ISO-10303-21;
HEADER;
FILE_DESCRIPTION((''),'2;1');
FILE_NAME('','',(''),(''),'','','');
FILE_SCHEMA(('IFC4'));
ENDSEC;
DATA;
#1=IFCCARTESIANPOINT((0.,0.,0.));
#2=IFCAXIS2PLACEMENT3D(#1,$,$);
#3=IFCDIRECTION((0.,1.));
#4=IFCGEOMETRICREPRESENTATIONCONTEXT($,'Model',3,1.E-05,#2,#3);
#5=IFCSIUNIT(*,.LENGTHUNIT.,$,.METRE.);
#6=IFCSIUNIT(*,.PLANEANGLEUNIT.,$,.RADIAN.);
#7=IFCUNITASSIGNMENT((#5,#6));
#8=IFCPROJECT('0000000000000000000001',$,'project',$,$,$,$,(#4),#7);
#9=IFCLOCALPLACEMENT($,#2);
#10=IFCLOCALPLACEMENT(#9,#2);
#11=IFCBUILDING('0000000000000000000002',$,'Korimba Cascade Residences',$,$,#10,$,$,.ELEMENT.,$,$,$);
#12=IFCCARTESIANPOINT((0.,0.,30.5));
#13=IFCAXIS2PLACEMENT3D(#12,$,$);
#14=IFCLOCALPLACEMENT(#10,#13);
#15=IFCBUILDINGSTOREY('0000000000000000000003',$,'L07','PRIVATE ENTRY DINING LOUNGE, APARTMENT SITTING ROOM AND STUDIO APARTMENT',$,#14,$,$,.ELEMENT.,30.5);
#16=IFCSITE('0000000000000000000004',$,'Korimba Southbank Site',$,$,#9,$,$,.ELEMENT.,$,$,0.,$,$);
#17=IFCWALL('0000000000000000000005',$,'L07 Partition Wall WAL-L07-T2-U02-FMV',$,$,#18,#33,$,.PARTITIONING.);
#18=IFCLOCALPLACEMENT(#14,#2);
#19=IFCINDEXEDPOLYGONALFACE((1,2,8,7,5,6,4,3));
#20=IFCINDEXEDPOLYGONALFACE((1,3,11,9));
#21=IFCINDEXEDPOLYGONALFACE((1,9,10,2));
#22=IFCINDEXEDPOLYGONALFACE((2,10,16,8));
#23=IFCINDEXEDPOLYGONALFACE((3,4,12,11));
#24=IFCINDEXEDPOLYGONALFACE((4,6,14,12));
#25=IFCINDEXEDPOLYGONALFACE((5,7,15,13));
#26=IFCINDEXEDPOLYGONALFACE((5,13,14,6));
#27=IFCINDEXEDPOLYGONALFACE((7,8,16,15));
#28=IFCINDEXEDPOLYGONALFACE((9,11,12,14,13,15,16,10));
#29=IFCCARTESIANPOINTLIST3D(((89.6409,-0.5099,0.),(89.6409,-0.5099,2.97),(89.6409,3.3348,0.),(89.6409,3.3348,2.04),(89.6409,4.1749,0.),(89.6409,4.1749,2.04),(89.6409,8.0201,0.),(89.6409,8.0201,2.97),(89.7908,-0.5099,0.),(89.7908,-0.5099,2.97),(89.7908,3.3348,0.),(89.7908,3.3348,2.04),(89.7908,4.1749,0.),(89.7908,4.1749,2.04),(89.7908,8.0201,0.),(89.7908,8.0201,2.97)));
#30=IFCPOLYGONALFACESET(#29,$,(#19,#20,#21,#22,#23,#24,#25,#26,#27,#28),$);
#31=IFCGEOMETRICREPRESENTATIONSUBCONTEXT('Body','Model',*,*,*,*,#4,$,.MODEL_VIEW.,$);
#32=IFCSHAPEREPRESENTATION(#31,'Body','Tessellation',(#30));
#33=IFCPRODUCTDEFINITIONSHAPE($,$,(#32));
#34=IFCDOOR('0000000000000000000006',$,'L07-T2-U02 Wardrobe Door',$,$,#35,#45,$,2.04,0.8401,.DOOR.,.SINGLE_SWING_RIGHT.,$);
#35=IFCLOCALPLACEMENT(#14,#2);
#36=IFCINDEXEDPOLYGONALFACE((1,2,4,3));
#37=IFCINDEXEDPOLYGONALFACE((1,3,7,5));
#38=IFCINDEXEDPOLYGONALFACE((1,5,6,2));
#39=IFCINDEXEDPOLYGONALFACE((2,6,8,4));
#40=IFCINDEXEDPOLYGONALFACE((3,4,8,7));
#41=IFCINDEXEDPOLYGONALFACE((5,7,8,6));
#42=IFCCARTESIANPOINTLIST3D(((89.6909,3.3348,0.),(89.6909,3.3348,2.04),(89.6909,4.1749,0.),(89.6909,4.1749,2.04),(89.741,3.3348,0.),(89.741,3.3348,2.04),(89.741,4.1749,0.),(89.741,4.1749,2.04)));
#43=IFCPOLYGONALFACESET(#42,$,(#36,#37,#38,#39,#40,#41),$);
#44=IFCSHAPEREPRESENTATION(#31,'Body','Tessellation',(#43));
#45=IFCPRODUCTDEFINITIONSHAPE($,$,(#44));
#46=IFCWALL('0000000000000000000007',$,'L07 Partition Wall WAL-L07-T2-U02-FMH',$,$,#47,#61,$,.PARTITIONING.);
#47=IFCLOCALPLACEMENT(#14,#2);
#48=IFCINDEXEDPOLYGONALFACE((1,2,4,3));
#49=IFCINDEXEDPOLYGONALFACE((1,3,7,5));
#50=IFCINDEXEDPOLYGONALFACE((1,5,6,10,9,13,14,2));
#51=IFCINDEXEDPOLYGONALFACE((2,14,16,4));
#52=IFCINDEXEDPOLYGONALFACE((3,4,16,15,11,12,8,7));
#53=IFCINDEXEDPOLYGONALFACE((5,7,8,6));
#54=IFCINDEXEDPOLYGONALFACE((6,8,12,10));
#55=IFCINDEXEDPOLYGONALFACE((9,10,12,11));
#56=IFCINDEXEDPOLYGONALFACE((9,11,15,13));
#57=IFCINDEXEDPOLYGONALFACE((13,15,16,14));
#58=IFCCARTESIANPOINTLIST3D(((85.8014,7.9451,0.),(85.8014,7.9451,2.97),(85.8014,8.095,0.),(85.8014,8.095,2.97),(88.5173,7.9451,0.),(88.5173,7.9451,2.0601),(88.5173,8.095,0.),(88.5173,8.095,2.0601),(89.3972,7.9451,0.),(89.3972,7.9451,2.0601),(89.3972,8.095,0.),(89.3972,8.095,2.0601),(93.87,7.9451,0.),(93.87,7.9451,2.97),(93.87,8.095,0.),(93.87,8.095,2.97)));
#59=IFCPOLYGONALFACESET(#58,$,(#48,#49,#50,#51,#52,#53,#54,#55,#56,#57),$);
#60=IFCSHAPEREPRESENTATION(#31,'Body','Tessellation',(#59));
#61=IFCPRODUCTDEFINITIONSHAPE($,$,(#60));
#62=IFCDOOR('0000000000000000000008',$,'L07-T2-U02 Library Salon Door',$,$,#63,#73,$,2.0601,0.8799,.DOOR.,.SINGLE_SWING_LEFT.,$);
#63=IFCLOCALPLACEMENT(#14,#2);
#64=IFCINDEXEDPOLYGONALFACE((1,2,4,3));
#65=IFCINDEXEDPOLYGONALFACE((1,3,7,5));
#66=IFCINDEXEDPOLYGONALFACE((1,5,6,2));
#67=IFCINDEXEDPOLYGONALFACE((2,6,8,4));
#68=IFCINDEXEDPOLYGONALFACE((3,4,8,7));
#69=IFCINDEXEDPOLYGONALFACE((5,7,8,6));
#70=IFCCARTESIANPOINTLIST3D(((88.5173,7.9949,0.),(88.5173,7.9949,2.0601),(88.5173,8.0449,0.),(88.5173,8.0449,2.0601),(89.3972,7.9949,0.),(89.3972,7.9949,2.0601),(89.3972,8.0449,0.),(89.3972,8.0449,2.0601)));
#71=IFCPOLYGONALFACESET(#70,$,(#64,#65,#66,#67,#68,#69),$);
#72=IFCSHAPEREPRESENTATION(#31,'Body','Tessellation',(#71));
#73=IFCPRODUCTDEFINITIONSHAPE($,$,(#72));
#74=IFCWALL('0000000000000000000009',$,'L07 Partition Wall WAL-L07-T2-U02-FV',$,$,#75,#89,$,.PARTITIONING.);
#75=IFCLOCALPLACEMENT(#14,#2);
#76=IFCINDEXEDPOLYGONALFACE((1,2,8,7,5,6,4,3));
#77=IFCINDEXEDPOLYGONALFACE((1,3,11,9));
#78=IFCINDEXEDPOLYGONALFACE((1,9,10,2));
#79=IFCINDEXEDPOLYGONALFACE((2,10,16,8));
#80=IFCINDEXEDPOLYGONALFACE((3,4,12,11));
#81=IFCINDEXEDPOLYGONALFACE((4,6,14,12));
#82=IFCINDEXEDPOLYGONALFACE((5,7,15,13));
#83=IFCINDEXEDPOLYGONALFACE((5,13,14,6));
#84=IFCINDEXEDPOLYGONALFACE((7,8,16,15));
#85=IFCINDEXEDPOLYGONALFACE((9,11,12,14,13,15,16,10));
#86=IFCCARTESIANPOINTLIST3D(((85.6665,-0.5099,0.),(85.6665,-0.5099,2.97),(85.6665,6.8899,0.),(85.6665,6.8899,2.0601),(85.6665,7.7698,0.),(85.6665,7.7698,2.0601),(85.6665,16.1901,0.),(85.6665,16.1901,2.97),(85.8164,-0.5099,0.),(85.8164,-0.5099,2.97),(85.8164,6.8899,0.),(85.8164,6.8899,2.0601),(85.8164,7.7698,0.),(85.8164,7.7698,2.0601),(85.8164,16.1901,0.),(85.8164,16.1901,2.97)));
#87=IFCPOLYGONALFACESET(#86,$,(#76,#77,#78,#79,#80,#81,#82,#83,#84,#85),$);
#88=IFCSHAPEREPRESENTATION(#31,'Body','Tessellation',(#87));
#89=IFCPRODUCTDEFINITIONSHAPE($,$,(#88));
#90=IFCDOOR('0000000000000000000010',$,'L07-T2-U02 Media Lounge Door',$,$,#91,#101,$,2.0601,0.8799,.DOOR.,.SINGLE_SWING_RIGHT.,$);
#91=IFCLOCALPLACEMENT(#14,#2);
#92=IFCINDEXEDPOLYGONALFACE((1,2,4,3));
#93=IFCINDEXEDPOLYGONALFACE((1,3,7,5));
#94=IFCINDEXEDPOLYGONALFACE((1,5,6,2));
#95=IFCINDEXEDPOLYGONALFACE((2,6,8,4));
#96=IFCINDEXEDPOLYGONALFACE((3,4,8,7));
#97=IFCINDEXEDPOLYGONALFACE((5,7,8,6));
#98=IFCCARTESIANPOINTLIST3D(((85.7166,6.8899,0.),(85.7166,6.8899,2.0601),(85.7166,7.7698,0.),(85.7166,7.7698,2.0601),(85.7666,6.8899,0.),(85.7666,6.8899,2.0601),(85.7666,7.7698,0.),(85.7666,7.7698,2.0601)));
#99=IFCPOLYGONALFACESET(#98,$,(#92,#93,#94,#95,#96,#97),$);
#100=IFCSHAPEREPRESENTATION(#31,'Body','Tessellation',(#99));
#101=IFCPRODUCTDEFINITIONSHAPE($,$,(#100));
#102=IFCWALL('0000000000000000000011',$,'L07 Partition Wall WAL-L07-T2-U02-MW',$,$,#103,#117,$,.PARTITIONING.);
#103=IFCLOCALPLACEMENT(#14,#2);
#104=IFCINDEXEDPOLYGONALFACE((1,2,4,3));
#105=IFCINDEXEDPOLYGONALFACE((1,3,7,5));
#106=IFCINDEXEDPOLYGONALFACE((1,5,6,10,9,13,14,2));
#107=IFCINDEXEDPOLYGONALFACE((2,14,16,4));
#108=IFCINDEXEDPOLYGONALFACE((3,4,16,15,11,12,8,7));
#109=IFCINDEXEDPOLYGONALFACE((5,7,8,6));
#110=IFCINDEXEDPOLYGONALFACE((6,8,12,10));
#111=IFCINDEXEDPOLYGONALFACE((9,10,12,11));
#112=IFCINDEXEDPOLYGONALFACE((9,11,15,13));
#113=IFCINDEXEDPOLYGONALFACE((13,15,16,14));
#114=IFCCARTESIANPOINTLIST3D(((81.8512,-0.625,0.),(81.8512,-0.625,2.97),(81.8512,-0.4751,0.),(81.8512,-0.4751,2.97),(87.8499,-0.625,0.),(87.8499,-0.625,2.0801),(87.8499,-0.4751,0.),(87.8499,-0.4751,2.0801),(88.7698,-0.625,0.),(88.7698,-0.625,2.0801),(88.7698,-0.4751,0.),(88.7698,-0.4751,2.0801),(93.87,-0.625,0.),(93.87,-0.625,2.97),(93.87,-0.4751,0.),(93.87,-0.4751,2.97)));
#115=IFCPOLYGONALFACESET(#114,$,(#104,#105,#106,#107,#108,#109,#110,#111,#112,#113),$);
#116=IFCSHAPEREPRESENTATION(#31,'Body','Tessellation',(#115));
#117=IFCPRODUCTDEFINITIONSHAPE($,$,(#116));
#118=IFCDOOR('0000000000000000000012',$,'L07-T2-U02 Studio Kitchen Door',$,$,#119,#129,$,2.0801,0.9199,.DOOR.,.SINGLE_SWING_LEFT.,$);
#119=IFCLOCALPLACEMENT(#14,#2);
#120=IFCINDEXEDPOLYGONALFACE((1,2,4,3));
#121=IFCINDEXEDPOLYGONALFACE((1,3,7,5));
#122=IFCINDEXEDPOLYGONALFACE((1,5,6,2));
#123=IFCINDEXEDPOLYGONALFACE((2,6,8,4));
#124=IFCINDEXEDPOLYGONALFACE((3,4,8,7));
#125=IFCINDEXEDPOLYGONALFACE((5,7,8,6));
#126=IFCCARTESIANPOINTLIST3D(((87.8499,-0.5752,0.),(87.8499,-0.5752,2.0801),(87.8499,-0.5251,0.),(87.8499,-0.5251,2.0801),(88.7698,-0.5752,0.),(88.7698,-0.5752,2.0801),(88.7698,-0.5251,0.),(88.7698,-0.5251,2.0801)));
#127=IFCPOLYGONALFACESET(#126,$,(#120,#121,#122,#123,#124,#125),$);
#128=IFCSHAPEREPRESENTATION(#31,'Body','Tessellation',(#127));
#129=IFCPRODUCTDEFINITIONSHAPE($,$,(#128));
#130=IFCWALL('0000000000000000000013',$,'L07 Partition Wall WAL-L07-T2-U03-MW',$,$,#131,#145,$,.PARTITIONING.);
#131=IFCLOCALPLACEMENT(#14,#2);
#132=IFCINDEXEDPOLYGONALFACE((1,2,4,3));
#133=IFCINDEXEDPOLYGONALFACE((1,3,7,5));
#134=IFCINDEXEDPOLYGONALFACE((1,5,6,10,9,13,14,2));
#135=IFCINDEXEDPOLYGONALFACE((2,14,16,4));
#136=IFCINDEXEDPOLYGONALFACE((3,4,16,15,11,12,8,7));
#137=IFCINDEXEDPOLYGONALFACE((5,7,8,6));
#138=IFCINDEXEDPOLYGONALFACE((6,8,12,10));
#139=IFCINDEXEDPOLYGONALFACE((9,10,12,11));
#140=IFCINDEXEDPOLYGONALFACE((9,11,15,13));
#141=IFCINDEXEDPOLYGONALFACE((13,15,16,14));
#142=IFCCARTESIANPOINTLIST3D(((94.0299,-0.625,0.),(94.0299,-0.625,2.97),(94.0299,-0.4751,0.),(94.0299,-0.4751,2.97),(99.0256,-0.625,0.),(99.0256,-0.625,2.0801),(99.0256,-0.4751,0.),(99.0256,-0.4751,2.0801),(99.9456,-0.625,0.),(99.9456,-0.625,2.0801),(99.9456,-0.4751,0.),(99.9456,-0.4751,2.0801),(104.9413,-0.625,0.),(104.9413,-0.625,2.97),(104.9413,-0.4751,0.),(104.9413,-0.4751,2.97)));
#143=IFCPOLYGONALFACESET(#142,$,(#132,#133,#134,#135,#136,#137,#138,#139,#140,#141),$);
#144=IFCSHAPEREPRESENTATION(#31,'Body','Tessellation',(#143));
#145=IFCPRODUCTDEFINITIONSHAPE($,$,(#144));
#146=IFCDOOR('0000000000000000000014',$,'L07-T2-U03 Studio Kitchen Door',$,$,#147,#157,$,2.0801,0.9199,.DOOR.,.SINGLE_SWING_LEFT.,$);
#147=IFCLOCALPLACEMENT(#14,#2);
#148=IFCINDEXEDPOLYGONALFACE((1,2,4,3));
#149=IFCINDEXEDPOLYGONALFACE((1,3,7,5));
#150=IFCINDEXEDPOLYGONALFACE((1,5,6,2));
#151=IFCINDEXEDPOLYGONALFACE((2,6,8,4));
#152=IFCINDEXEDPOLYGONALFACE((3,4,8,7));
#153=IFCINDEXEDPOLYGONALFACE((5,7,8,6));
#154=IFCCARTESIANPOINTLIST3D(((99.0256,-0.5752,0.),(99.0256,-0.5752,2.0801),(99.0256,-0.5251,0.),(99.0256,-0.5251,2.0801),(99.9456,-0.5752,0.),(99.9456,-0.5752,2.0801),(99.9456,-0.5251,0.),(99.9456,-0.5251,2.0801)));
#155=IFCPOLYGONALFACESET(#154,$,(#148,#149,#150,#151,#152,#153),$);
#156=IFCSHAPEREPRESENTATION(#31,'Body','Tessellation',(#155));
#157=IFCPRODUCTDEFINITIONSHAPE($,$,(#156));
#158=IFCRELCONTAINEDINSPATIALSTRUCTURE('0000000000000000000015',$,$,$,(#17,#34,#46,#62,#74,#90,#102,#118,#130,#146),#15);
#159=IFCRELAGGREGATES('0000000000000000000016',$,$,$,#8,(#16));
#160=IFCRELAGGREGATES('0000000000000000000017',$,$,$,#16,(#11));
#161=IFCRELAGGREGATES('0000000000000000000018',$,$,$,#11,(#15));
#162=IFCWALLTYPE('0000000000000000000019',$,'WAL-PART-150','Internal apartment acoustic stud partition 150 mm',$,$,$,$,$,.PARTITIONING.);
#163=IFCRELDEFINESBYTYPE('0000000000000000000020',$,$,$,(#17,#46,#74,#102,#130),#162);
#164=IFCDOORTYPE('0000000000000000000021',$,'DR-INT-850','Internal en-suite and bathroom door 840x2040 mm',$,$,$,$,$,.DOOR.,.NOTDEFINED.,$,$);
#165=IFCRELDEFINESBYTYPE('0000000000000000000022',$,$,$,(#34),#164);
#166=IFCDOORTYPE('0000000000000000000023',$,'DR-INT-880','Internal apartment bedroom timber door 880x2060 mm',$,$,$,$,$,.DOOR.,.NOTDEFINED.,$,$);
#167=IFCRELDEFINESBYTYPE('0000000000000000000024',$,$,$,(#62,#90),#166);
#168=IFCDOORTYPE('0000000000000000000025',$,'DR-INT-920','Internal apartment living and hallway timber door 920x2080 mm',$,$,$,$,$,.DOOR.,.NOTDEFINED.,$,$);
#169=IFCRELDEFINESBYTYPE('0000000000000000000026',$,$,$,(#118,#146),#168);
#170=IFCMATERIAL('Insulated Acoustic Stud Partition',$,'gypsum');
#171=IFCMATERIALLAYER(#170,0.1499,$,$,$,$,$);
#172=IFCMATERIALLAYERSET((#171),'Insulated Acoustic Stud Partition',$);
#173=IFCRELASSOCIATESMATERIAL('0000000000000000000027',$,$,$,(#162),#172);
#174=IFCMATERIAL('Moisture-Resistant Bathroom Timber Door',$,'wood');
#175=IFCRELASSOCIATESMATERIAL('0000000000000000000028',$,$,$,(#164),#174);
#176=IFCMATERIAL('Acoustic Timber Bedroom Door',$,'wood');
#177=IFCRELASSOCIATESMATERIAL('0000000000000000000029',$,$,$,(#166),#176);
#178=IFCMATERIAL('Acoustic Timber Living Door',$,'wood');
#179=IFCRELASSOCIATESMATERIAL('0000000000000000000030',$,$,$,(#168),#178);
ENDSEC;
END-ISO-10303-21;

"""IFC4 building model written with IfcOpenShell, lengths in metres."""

from ifc_helpers import new_model, si_unit, direction, frame, frame_2d, origin, place, context, subcontext, project, spatial, rectangle, extrude, material, layer, layer_set, type_object, element, fill, save


model = new_model("IFC4")

# Units and contexts
model_context = context("Model", 3, precision=1e-05, world=origin(), true_north=direction((0.0, 1.0)))
body_context = subcontext(model_context, "Body", "Model", "MODEL_VIEW")
ifc_project = project(units=[si_unit("LENGTHUNIT", "METRE"), si_unit("PLANEANGLEUNIT", "RADIAN")], contexts=[model_context])

# Site, building, storey
site_placement = place(None, origin())
site = spatial("IfcSite", under=ifc_project, at=site_placement, Name="Korimba Southbank Site", CompositionType="ELEMENT", RefElevation=0.0)
building_placement = place(site_placement, origin())
building = spatial("IfcBuilding", under=site, at=building_placement, Name="Korimba Cascade Residences", CompositionType="ELEMENT")
storey_placement = place(building_placement, frame((0.0, 0.0, 30.5)))
storey = spatial("IfcBuildingStorey", under=building, at=storey_placement, Name="L07", Description="PRIVATE ENTRY DINING LOUNGE, APARTMENT SITTING ROOM AND STUDIO APARTMENT", CompositionType="ELEMENT", Elevation=30.5)

# Walls, openings, doors
ifc_material_1 = material(Name="Insulated Acoustic Stud Partition", Category="gypsum")
ifc_layer_1 = layer(ifc_material_1, 0.1499)
ifc_layer_set_1 = layer_set([ifc_layer_1], Name="Insulated Acoustic Stud Partition")
wall_type_1 = type_object("IfcWallType", Name="WAL-PART-150", Description="Internal apartment acoustic stud partition 150 mm", PredefinedType="PARTITIONING", material=ifc_layer_set_1)
wall_1_placement = place(storey_placement, frame((89.7158, -0.51, 0.0), z_axis=(0.0, 0.0, 1.0), x_axis=(0.0, 1.0, 0.0)))
wall_1 = element("IfcWall", 1, at=wall_1_placement, inside=storey, type_object=wall_type_1, Name="L07 Partition Wall WAL-L07-T2-U02-FMV", PredefinedType="PARTITIONING", context=body_context, shape_type="SweptSolid", body=[
    extrude(rectangle(XDim=8.53, YDim=0.1499, at=frame_2d((4.2651, 0.0))), origin(), (0.0, 0.0, 1.0), 2.97),
])
opening_1_placement = place(wall_1_placement, frame((3.845, 0.0, 0.0)))
opening_1 = element("IfcOpeningElement", 2, at=opening_1_placement, cuts=wall_1, PredefinedType="OPENING", context=body_context, shape_type="SweptSolid", body=[
    extrude(rectangle(XDim=0.8401, YDim=2.04, at=frame_2d((0.4199, 1.02))), frame((0.0, 0.085, 0.0), z_axis=(0.0, -1.0, 0.0), x_axis=(1.0, 0.0, 0.0)), (0.0, 0.0, 1.0), 0.1699),
])
ifc_material_2 = material(Name="Moisture-Resistant Bathroom Timber Door", Category="wood")
door_type_1 = type_object("IfcDoorType", Name="DR-INT-850", Description="Internal en-suite and bathroom door 840x2040 mm", OperationType="NOTDEFINED", PredefinedType="DOOR", material=ifc_material_2)
door_1_placement = place(opening_1_placement, origin())
door_1 = element("IfcDoor", 3, at=door_1_placement, inside=storey, type_object=door_type_1, Name="L07-T2-U02 Wardrobe Door", OperationType="SINGLE_SWING_RIGHT", OverallHeight=2.04, OverallWidth=0.8401, PredefinedType="DOOR", context=body_context, shape_type="SweptSolid", body=[
    extrude(rectangle(XDim=0.8401, YDim=2.04, at=frame_2d((0.4199, 1.02))), frame((0.0, 0.0249, 0.0), z_axis=(0.0, -1.0, 0.0), x_axis=(1.0, 0.0, 0.0)), (0.0, 0.0, 1.0), 0.05),
])
fill(opening_1, door_1)
wall_2_placement = place(storey_placement, frame((85.8015, 8.02, 0.0), z_axis=(0.0, 0.0, 1.0), x_axis=(1.0, 0.0, 0.0)))
wall_2 = element("IfcWall", 4, at=wall_2_placement, inside=storey, type_object=wall_type_1, Name="L07 Partition Wall WAL-L07-T2-U02-FMH", PredefinedType="PARTITIONING", context=body_context, shape_type="SweptSolid", body=[
    extrude(rectangle(XDim=8.0686, YDim=0.1499, at=frame_2d((4.0342, 0.0))), origin(), (0.0, 0.0, 1.0), 2.97),
])
opening_2_placement = place(wall_2_placement, frame((2.7158, 0.0, 0.0)))
opening_2 = element("IfcOpeningElement", 5, at=opening_2_placement, cuts=wall_2, PredefinedType="OPENING", context=body_context, shape_type="SweptSolid", body=[
    extrude(rectangle(XDim=0.8799, YDim=2.0601, at=frame_2d((0.4399, 1.03))), frame((0.0, 0.085, 0.0), z_axis=(0.0, -1.0, 0.0), x_axis=(1.0, 0.0, 0.0)), (0.0, 0.0, 1.0), 0.1699),
])
ifc_material_3 = material(Name="Acoustic Timber Bedroom Door", Category="wood")
door_type_2 = type_object("IfcDoorType", Name="DR-INT-880", Description="Internal apartment bedroom timber door 880x2060 mm", OperationType="NOTDEFINED", PredefinedType="DOOR", material=ifc_material_3)
door_2_placement = place(opening_2_placement, origin())
door_2 = element("IfcDoor", 6, at=door_2_placement, inside=storey, type_object=door_type_2, Name="L07-T2-U02 Library Salon Door", OperationType="SINGLE_SWING_LEFT", OverallHeight=2.0601, OverallWidth=0.8799, PredefinedType="DOOR", context=body_context, shape_type="SweptSolid", body=[
    extrude(rectangle(XDim=0.8799, YDim=2.0601, at=frame_2d((0.4399, 1.03))), frame((0.0, 0.0249, 0.0), z_axis=(0.0, -1.0, 0.0), x_axis=(1.0, 0.0, 0.0)), (0.0, 0.0, 1.0), 0.05),
])
fill(opening_2, door_2)
wall_3_placement = place(storey_placement, frame((85.7415, -0.51, 0.0), z_axis=(0.0, 0.0, 1.0), x_axis=(0.0, 1.0, 0.0)))
wall_3 = element("IfcWall", 7, at=wall_3_placement, inside=storey, type_object=wall_type_1, Name="L07 Partition Wall WAL-L07-T2-U02-FV", PredefinedType="PARTITIONING", context=body_context, shape_type="SweptSolid", body=[
    extrude(rectangle(XDim=16.7, YDim=0.1499, at=frame_2d((8.3501, 0.0))), origin(), (0.0, 0.0, 1.0), 2.97),
])
opening_3_placement = place(wall_3_placement, frame((7.3999, 0.0, 0.0)))
opening_3 = element("IfcOpeningElement", 8, at=opening_3_placement, cuts=wall_3, PredefinedType="OPENING", context=body_context, shape_type="SweptSolid", body=[
    extrude(rectangle(XDim=0.8799, YDim=2.0601, at=frame_2d((0.4399, 1.03))), frame((0.0, 0.085, 0.0), z_axis=(0.0, -1.0, 0.0), x_axis=(1.0, 0.0, 0.0)), (0.0, 0.0, 1.0), 0.1699),
])
door_3_placement = place(opening_3_placement, origin())
door_3 = element("IfcDoor", 9, at=door_3_placement, inside=storey, type_object=door_type_2, Name="L07-T2-U02 Media Lounge Door", OperationType="SINGLE_SWING_RIGHT", OverallHeight=2.0601, OverallWidth=0.8799, PredefinedType="DOOR", context=body_context, shape_type="SweptSolid", body=[
    extrude(rectangle(XDim=0.8799, YDim=2.0601, at=frame_2d((0.4399, 1.03))), frame((0.0, 0.0249, 0.0), z_axis=(0.0, -1.0, 0.0), x_axis=(1.0, 0.0, 0.0)), (0.0, 0.0, 1.0), 0.05),
])
fill(opening_3, door_3)
wall_4_placement = place(storey_placement, frame((81.8513, -0.55, 0.0), z_axis=(0.0, 0.0, 1.0), x_axis=(1.0, 0.0, 0.0)))
wall_4 = element("IfcWall", 10, at=wall_4_placement, inside=storey, type_object=wall_type_1, Name="L07 Partition Wall WAL-L07-T2-U02-MW", PredefinedType="PARTITIONING", context=body_context, shape_type="SweptSolid", body=[
    extrude(rectangle(XDim=12.0188, YDim=0.1499, at=frame_2d((6.0093, 0.0))), origin(), (0.0, 0.0, 1.0), 2.97),
])
opening_4_placement = place(wall_4_placement, frame((5.9985, 0.0, 0.0)))
opening_4 = element("IfcOpeningElement", 11, at=opening_4_placement, cuts=wall_4, PredefinedType="OPENING", context=body_context, shape_type="SweptSolid", body=[
    extrude(rectangle(XDim=0.9199, YDim=2.0801, at=frame_2d((0.46, 1.04))), frame((0.0, 0.085, 0.0), z_axis=(0.0, -1.0, 0.0), x_axis=(1.0, 0.0, 0.0)), (0.0, 0.0, 1.0), 0.1699),
])
ifc_material_4 = material(Name="Acoustic Timber Living Door", Category="wood")
door_type_3 = type_object("IfcDoorType", Name="DR-INT-920", Description="Internal apartment living and hallway timber door 920x2080 mm", OperationType="NOTDEFINED", PredefinedType="DOOR", material=ifc_material_4)
door_4_placement = place(opening_4_placement, origin())
door_4 = element("IfcDoor", 12, at=door_4_placement, inside=storey, type_object=door_type_3, Name="L07-T2-U02 Studio Kitchen Door", OperationType="SINGLE_SWING_LEFT", OverallHeight=2.0801, OverallWidth=0.9199, PredefinedType="DOOR", context=body_context, shape_type="SweptSolid", body=[
    extrude(rectangle(XDim=0.9199, YDim=2.0801, at=frame_2d((0.46, 1.04))), frame((0.0, 0.0249, 0.0), z_axis=(0.0, -1.0, 0.0), x_axis=(1.0, 0.0, 0.0)), (0.0, 0.0, 1.0), 0.05),
])
fill(opening_4, door_4)
wall_5_placement = place(storey_placement, frame((94.03, -0.55, 0.0), z_axis=(0.0, 0.0, 1.0), x_axis=(1.0, 0.0, 0.0)))
wall_5 = element("IfcWall", 13, at=wall_5_placement, inside=storey, type_object=wall_type_1, Name="L07 Partition Wall WAL-L07-T2-U03-MW", PredefinedType="PARTITIONING", context=body_context, shape_type="SweptSolid", body=[
    extrude(rectangle(XDim=10.9114, YDim=0.1499, at=frame_2d((5.4556, 0.0))), origin(), (0.0, 0.0, 1.0), 2.97),
])
opening_5_placement = place(wall_5_placement, frame((4.9956, 0.0, 0.0)))
opening_5 = element("IfcOpeningElement", 14, at=opening_5_placement, cuts=wall_5, PredefinedType="OPENING", context=body_context, shape_type="SweptSolid", body=[
    extrude(rectangle(XDim=0.9199, YDim=2.0801, at=frame_2d((0.46, 1.04))), frame((0.0, 0.085, 0.0), z_axis=(0.0, -1.0, 0.0), x_axis=(1.0, 0.0, 0.0)), (0.0, 0.0, 1.0), 0.1699),
])
door_5_placement = place(opening_5_placement, origin())
door_5 = element("IfcDoor", 15, at=door_5_placement, inside=storey, type_object=door_type_3, Name="L07-T2-U03 Studio Kitchen Door", OperationType="SINGLE_SWING_LEFT", OverallHeight=2.0801, OverallWidth=0.9199, PredefinedType="DOOR", context=body_context, shape_type="SweptSolid", body=[
    extrude(rectangle(XDim=0.9199, YDim=2.0801, at=frame_2d((0.46, 1.04))), frame((0.0, 0.0249, 0.0), z_axis=(0.0, -1.0, 0.0), x_axis=(1.0, 0.0, 0.0)), (0.0, 0.0, 1.0), 0.05),
])
fill(opening_5, door_5)

save(model, "model.ifc")
